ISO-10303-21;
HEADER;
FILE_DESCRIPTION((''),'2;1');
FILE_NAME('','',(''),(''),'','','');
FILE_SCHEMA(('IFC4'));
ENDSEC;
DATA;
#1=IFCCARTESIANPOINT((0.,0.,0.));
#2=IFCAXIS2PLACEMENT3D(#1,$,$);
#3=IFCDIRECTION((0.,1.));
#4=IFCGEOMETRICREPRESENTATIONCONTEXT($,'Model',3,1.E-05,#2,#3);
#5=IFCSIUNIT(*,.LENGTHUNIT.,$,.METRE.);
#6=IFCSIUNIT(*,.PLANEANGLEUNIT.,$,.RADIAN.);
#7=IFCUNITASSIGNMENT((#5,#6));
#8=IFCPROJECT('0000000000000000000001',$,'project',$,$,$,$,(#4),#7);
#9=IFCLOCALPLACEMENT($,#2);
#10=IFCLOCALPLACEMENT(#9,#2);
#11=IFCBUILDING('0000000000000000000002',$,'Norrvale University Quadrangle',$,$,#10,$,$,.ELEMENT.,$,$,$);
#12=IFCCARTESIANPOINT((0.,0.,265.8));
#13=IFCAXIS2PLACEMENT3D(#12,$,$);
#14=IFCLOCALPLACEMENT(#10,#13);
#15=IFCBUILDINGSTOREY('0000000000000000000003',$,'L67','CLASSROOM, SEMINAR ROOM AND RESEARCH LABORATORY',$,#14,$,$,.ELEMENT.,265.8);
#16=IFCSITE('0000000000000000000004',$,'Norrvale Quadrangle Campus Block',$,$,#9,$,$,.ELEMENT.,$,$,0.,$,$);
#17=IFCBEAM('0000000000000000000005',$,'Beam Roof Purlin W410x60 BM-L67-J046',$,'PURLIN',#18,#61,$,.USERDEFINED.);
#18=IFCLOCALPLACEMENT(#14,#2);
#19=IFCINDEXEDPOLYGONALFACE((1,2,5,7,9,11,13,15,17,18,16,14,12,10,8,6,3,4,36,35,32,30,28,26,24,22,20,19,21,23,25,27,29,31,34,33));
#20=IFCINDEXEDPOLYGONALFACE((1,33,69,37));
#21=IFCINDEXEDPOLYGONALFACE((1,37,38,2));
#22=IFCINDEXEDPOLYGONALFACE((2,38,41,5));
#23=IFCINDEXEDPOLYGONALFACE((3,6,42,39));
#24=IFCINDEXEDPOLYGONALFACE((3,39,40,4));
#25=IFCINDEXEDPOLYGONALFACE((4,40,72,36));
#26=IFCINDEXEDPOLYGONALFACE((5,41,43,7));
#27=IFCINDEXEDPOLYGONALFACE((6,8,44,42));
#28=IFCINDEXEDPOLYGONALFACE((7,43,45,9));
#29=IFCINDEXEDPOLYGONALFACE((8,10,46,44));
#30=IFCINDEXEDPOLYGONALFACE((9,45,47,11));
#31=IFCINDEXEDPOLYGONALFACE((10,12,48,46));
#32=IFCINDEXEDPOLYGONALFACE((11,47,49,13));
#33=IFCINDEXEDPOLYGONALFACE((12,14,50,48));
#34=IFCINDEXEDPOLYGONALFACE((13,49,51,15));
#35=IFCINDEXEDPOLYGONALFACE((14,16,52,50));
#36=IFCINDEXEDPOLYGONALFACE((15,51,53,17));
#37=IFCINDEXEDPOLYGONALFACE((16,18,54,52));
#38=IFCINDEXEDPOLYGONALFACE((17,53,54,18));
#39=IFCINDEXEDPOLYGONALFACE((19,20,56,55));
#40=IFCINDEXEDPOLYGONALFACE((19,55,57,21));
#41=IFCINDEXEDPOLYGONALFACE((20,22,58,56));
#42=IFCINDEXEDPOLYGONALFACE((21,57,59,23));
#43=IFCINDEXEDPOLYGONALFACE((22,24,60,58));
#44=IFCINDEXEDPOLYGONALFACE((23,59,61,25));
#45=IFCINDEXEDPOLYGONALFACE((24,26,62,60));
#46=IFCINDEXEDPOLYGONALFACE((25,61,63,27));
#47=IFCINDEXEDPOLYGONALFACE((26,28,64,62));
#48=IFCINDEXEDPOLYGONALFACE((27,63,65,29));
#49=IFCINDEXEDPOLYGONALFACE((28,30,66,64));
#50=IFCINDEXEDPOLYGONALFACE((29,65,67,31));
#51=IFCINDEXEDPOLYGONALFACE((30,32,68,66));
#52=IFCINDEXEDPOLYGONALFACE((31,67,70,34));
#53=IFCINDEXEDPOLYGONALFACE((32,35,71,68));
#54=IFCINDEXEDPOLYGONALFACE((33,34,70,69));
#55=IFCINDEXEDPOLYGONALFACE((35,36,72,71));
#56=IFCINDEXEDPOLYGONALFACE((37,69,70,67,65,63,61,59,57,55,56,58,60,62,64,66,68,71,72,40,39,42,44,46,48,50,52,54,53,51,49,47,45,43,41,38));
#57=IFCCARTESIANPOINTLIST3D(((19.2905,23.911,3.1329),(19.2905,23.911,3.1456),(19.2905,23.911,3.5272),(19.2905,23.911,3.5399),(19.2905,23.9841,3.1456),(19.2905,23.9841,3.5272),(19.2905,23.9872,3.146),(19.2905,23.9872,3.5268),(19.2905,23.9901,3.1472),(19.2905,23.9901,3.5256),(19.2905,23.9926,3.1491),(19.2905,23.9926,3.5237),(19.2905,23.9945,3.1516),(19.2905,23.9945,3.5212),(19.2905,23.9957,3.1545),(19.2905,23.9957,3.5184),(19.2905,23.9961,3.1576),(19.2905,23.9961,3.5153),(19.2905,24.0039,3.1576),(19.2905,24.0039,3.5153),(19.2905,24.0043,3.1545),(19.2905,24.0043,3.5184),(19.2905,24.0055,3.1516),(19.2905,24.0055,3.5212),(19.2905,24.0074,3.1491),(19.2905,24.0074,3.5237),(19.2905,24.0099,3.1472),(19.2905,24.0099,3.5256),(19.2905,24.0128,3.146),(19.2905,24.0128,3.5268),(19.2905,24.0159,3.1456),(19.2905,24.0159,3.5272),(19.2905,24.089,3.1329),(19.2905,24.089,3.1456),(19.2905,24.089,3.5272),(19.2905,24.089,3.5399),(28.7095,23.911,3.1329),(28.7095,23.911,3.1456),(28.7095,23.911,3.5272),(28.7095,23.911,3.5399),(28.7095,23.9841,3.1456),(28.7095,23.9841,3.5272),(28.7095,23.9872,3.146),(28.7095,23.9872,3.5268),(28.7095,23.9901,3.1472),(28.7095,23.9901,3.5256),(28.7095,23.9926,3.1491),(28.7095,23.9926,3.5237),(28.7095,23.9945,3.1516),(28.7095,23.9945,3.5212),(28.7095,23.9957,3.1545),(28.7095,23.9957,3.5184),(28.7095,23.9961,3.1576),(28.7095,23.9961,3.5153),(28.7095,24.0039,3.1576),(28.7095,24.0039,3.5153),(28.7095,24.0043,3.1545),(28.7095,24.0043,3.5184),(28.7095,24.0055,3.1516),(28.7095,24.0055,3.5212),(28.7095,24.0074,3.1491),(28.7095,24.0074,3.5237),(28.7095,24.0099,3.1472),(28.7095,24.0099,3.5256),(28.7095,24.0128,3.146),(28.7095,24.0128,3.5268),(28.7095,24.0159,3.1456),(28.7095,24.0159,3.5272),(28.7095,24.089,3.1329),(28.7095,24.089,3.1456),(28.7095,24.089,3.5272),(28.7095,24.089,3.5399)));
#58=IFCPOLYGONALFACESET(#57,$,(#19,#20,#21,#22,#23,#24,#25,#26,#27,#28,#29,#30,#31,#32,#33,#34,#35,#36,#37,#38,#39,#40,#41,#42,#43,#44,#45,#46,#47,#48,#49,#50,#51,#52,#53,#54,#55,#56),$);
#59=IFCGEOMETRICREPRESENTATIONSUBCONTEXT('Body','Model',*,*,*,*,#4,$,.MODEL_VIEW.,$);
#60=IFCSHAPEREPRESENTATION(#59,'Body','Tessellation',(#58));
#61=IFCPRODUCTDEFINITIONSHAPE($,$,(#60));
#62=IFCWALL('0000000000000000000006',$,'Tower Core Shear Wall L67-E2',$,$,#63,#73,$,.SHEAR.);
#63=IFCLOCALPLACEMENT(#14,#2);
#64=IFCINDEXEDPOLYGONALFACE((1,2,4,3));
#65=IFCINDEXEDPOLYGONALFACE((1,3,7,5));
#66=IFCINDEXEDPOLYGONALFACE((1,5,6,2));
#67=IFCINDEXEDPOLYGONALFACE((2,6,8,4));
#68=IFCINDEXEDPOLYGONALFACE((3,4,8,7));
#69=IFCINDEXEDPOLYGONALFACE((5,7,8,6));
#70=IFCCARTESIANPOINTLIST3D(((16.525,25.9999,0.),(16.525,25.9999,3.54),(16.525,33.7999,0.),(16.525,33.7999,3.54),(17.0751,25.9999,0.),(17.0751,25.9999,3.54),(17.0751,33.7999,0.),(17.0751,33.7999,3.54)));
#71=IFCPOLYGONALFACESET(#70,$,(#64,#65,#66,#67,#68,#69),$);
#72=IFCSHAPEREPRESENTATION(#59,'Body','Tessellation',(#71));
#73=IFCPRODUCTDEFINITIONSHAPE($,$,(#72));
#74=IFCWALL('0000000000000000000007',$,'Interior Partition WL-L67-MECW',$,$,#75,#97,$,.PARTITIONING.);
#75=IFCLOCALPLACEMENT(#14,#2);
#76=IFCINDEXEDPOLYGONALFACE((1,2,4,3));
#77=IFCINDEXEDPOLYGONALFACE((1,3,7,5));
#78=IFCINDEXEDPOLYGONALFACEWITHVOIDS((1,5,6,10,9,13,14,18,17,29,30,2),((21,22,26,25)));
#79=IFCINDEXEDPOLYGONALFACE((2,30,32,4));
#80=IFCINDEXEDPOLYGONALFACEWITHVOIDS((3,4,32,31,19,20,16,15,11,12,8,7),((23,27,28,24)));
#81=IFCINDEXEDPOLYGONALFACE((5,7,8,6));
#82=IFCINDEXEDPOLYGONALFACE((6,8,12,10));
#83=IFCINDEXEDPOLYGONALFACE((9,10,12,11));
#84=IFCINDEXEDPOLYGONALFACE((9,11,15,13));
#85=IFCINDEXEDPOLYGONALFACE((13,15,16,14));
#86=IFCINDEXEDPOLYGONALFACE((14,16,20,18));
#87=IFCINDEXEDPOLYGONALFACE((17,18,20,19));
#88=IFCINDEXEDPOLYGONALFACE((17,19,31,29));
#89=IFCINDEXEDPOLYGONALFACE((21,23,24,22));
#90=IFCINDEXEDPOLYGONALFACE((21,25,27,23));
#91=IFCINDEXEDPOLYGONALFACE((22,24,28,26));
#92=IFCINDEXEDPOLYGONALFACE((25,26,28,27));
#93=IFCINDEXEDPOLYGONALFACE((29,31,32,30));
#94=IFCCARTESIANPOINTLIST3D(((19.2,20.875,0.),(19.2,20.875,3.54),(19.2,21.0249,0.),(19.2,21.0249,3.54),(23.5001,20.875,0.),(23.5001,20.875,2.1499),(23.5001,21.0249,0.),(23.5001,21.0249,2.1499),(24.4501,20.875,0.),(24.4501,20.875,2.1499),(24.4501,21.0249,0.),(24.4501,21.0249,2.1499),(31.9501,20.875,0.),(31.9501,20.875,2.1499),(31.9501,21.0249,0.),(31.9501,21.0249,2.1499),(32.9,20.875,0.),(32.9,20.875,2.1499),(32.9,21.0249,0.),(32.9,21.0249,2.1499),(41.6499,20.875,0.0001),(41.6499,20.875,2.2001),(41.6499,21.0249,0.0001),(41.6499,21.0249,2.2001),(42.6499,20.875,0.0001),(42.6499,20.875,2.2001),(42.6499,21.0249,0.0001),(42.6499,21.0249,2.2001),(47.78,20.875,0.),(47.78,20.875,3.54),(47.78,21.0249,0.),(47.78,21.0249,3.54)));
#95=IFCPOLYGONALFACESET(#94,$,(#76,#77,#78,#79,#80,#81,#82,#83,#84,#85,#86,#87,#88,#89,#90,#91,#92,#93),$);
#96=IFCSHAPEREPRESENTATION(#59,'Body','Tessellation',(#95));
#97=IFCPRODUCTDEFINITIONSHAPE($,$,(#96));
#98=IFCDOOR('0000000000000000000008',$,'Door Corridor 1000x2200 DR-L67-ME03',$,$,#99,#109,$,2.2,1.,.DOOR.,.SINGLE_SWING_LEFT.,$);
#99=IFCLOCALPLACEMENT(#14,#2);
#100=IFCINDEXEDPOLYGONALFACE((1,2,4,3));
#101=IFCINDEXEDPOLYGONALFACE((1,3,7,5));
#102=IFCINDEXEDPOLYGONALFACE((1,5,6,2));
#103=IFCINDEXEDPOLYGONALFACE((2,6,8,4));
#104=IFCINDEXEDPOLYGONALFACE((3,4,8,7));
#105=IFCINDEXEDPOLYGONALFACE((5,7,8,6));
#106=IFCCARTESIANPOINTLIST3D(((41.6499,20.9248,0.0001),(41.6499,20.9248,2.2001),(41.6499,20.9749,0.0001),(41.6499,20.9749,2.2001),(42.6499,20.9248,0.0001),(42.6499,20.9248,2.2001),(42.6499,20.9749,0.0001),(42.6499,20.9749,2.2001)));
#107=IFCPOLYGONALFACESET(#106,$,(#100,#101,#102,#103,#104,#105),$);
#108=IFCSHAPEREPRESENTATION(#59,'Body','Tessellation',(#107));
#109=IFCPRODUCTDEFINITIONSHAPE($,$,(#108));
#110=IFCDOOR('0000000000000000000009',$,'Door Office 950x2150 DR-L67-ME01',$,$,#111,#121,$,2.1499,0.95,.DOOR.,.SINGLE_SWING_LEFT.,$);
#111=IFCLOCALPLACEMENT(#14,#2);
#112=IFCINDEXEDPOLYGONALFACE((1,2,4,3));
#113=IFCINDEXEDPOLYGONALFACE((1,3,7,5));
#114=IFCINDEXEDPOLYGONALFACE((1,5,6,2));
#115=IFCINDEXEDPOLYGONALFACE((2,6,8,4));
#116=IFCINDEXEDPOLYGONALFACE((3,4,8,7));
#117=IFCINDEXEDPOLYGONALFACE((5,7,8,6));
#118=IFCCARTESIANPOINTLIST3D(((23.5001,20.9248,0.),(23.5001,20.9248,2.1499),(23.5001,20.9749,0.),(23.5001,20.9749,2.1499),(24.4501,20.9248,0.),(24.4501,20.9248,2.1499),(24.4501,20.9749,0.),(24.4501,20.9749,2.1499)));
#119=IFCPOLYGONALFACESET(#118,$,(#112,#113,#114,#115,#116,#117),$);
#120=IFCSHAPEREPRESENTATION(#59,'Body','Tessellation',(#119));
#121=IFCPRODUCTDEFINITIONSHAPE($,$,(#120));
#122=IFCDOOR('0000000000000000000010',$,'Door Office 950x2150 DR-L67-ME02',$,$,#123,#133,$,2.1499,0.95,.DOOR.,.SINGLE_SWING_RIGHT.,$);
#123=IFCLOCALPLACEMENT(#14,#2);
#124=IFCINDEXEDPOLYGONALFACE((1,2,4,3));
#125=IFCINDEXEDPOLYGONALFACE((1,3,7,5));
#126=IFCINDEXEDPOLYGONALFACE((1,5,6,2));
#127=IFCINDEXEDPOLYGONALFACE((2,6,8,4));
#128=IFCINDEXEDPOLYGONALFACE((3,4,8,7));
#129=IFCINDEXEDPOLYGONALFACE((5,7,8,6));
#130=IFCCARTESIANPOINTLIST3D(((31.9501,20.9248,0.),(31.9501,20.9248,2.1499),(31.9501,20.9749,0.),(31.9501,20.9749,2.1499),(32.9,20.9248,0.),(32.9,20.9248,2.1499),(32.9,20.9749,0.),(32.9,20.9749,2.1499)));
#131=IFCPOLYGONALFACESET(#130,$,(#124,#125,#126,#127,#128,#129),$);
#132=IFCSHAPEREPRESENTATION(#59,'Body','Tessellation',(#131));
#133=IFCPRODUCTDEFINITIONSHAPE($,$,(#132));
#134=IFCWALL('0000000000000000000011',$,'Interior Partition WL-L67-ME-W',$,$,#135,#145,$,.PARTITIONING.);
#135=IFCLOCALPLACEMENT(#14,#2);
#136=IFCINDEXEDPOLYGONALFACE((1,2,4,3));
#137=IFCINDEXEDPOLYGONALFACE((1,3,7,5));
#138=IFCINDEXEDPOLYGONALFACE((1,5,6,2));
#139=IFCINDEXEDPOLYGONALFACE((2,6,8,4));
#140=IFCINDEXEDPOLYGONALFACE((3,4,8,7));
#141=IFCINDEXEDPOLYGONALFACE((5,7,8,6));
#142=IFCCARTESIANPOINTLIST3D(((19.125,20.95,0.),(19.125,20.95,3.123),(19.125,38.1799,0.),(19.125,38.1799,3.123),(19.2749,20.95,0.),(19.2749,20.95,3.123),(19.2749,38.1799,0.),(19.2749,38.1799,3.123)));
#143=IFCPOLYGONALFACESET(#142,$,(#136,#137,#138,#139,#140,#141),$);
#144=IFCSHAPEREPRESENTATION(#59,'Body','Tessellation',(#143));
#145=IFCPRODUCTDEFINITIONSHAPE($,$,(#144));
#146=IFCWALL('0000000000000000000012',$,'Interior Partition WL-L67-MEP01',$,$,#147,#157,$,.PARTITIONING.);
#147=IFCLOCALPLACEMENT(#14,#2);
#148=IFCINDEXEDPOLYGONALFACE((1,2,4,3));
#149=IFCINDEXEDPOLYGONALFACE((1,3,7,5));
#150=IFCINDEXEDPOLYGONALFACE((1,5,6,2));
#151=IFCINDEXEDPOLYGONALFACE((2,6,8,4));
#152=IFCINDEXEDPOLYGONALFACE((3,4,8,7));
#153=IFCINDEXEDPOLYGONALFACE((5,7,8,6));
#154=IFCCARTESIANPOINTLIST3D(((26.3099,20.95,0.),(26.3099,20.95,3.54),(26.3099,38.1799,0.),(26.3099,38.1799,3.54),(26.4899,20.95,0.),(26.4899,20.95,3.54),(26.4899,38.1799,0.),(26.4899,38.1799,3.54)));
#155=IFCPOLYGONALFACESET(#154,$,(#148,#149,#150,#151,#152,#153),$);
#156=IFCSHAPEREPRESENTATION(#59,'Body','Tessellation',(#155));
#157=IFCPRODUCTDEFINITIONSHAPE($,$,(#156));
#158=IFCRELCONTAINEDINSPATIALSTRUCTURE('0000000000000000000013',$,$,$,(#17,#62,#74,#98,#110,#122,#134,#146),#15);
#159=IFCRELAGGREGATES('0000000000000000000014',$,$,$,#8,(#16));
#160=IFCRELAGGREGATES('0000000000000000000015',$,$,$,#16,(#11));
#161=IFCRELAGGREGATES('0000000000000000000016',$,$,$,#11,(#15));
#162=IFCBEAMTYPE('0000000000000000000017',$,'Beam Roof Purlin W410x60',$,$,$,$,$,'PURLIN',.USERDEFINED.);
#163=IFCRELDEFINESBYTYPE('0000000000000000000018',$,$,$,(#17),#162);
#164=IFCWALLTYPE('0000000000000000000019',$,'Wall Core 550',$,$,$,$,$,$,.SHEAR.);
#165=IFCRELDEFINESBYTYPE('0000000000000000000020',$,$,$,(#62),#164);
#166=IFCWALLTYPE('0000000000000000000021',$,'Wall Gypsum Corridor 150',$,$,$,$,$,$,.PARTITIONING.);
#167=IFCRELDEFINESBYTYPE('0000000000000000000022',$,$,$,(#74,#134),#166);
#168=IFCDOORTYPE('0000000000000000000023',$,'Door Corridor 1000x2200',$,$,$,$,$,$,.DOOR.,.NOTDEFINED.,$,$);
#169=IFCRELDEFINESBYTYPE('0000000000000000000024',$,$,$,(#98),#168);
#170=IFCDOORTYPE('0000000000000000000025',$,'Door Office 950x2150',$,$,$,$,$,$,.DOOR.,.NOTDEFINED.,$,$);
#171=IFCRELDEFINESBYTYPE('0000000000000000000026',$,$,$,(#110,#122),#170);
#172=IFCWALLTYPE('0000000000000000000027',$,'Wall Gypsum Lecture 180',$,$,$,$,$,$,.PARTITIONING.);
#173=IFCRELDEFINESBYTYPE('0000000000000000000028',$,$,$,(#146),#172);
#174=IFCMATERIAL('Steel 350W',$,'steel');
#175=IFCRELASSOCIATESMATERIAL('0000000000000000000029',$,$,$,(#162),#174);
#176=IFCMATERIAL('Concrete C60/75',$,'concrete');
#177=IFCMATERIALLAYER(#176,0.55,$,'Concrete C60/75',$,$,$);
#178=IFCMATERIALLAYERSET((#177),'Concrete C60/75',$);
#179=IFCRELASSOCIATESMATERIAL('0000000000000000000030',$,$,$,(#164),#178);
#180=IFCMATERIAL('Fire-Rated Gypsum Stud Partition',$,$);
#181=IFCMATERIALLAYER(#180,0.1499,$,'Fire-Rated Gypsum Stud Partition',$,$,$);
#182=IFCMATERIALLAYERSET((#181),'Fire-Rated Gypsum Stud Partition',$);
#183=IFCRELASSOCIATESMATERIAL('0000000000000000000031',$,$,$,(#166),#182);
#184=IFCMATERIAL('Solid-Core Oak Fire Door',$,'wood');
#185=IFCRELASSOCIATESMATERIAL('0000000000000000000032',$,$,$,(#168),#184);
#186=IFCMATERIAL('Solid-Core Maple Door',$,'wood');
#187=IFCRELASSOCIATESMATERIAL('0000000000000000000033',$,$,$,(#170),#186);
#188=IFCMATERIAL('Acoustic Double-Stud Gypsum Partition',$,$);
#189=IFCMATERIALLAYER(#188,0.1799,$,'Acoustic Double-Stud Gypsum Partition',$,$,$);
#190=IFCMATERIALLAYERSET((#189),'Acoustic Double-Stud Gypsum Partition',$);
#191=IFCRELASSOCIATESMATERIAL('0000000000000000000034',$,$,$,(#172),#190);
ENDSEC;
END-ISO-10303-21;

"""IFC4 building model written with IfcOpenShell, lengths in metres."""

from ifc_helpers import new_model, si_unit, direction, frame, frame_2d, origin, origin_2d, place, context, subcontext, project, spatial, rectangle, i_section, extrude, material, layer, layer_set, material_profile, profile_set, type_object, element, fill, save


model = new_model("IFC4")

# Units and contexts
model_context = context("Model", 3, precision=1e-05, world=origin(), true_north=direction((0.0, 1.0)))
body_context = subcontext(model_context, "Body", "Model", "MODEL_VIEW")
ifc_project = project(units=[si_unit("LENGTHUNIT", "METRE"), si_unit("PLANEANGLEUNIT", "RADIAN")], contexts=[model_context])

# Site, building, storey
site_placement = place(None, origin())
site = spatial("IfcSite", under=ifc_project, at=site_placement, Name="Norrvale Quadrangle Campus Block", CompositionType="ELEMENT", RefElevation=0.0)
building_placement = place(site_placement, origin())
building = spatial("IfcBuilding", under=site, at=building_placement, Name="Norrvale University Quadrangle", CompositionType="ELEMENT")
storey_placement = place(building_placement, frame((0.0, 0.0, 265.8)))
storey = spatial("IfcBuildingStorey", under=building, at=storey_placement, Name="L67", Description="CLASSROOM, SEMINAR ROOM AND RESEARCH LABORATORY", CompositionType="ELEMENT", Elevation=265.8)

# Shared definitions
ifc_material_1 = material(Name="Concrete C60/75", Category="concrete")

# Beam
ifc_material_2 = material(Name="Steel 350W", Category="steel")
ifc_material_profile_1 = material_profile(ifc_material_2, i_section(OverallWidth=0.178, OverallDepth=0.407, WebThickness=0.0078, FlangeThickness=0.0127, FilletRadius=0.012, at=origin_2d()), Name="Steel 350W")
ifc_profile_set_1 = profile_set([ifc_material_profile_1], Name="Steel 350W")
beam_type_1 = type_object("IfcBeamType", Name="Beam Roof Purlin W410x60", ElementType="PURLIN", PredefinedType="USERDEFINED", material=ifc_profile_set_1)
beam_1_placement = place(storey_placement, frame((19.2905, 24.0, 3.3364), z_axis=(1.0, 0.0, 0.0), x_axis=(0.0, 1.0, 0.0)))
element("IfcBeam", 1, at=beam_1_placement, inside=storey, type_object=beam_type_1, Name="Beam Roof Purlin W410x60 BM-L67-J046", ObjectType="PURLIN", PredefinedType="USERDEFINED", context=body_context, shape_type="SweptSolid", body=[
    extrude(i_section(OverallWidth=0.178, OverallDepth=0.407, WebThickness=0.0078, FlangeThickness=0.0127, FilletRadius=0.012, at=origin_2d()), origin(), (0.0, 0.0, 1.0), 9.4189),
])

# Wall
ifc_layer_1 = layer(ifc_material_1, 0.55, Name="Concrete C60/75")
ifc_layer_set_1 = layer_set([ifc_layer_1], Name="Concrete C60/75")
wall_type_1 = type_object("IfcWallType", Name="Wall Core 550", PredefinedType="SHEAR", material=ifc_layer_set_1)
wall_1_placement = place(storey_placement, frame((16.8, 26.0, 0.0), z_axis=(0.0, 0.0, 1.0), x_axis=(0.0, 1.0, 0.0)))
element("IfcWall", 2, at=wall_1_placement, inside=storey, type_object=wall_type_1, Name="Tower Core Shear Wall L67-E2", PredefinedType="SHEAR", context=body_context, shape_type="SweptSolid", body=[
    extrude(rectangle(XDim=7.8, YDim=0.55, at=frame_2d((3.8999, 0.0))), origin(), (0.0, 0.0, 1.0), 3.54),
])

# Wall, openings, doors
ifc_material_3 = material(Name="Fire-Rated Gypsum Stud Partition")
ifc_layer_2 = layer(ifc_material_3, 0.1499, Name="Fire-Rated Gypsum Stud Partition")
ifc_layer_set_2 = layer_set([ifc_layer_2], Name="Fire-Rated Gypsum Stud Partition")
wall_type_2 = type_object("IfcWallType", Name="Wall Gypsum Corridor 150", PredefinedType="PARTITIONING", material=ifc_layer_set_2)
wall_2_placement = place(storey_placement, frame((19.2, 20.95, 0.0), z_axis=(0.0, 0.0, 1.0), x_axis=(1.0, 0.0, 0.0)))
wall_2 = element("IfcWall", 3, at=wall_2_placement, inside=storey, type_object=wall_type_2, Name="Interior Partition WL-L67-MECW", PredefinedType="PARTITIONING", context=body_context, shape_type="SweptSolid", body=[
    extrude(rectangle(XDim=28.5801, YDim=0.1499, at=frame_2d((14.29, 0.0))), origin(), (0.0, 0.0, 1.0), 3.54),
])
opening_1_placement = place(wall_2_placement, frame((4.3, 0.0, 0.0)))
opening_1 = element("IfcOpeningElement", 4, at=opening_1_placement, cuts=wall_2, PredefinedType="OPENING", context=body_context, shape_type="SweptSolid", body=[
    extrude(rectangle(XDim=0.95, YDim=2.1499, at=frame_2d((0.4751, 1.075))), frame((0.0, 0.0869, 0.0), z_axis=(0.0, -1.0, 0.0), x_axis=(1.0, 0.0, 0.0)), (0.0, 0.0, 1.0), 0.1738),
])
opening_2_placement = place(wall_2_placement, frame((12.75, 0.0, 0.0)))
opening_2 = element("IfcOpeningElement", 5, at=opening_2_placement, cuts=wall_2, PredefinedType="OPENING", context=body_context, shape_type="SweptSolid", body=[
    extrude(rectangle(XDim=0.95, YDim=2.1499, at=frame_2d((0.4751, 1.075))), frame((0.0, 0.0869, 0.0), z_axis=(0.0, -1.0, 0.0), x_axis=(1.0, 0.0, 0.0)), (0.0, 0.0, 1.0), 0.1738),
])
opening_3_placement = place(wall_2_placement, frame((22.45, 0.0, 0.0)))
opening_3 = element("IfcOpeningElement", 6, at=opening_3_placement, cuts=wall_2, PredefinedType="OPENING", context=body_context, shape_type="SweptSolid", body=[
    extrude(rectangle(XDim=1.0, YDim=2.2, at=frame_2d((0.5, 1.1001))), frame((0.0, 0.0869, 0.0), z_axis=(0.0, -1.0, 0.0), x_axis=(1.0, 0.0, 0.0)), (0.0, 0.0, 1.0), 0.1738),
])
ifc_material_4 = material(Name="Solid-Core Oak Fire Door", Category="wood")
door_type_1 = type_object("IfcDoorType", Name="Door Corridor 1000x2200", OperationType="NOTDEFINED", PredefinedType="DOOR", material=ifc_material_4)
door_1_placement = place(opening_3_placement, origin())
door_1 = element("IfcDoor", 7, at=door_1_placement, inside=storey, type_object=door_type_1, Name="Door Corridor 1000x2200 DR-L67-ME03", OperationType="SINGLE_SWING_LEFT", OverallHeight=2.2, OverallWidth=1.0, PredefinedType="DOOR", context=body_context, shape_type="SweptSolid", body=[
    extrude(rectangle(XDim=1.0, YDim=2.2, at=frame_2d((0.5, 1.1001))), frame((0.0, 0.0249, 0.0), z_axis=(0.0, -1.0, 0.0), x_axis=(1.0, 0.0, 0.0)), (0.0, 0.0, 1.0), 0.05),
])
fill(opening_3, door_1)
ifc_material_5 = material(Name="Solid-Core Maple Door", Category="wood")
door_type_2 = type_object("IfcDoorType", Name="Door Office 950x2150", OperationType="NOTDEFINED", PredefinedType="DOOR", material=ifc_material_5)
door_2_placement = place(opening_1_placement, origin())
door_2 = element("IfcDoor", 8, at=door_2_placement, inside=storey, type_object=door_type_2, Name="Door Office 950x2150 DR-L67-ME01", OperationType="SINGLE_SWING_LEFT", OverallHeight=2.1499, OverallWidth=0.95, PredefinedType="DOOR", context=body_context, shape_type="SweptSolid", body=[
    extrude(rectangle(XDim=0.95, YDim=2.1499, at=frame_2d((0.4751, 1.075))), frame((0.0, 0.0249, 0.0), z_axis=(0.0, -1.0, 0.0), x_axis=(1.0, 0.0, 0.0)), (0.0, 0.0, 1.0), 0.05),
])
fill(opening_1, door_2)
door_3_placement = place(opening_2_placement, origin())
door_3 = element("IfcDoor", 9, at=door_3_placement, inside=storey, type_object=door_type_2, Name="Door Office 950x2150 DR-L67-ME02", OperationType="SINGLE_SWING_RIGHT", OverallHeight=2.1499, OverallWidth=0.95, PredefinedType="DOOR", context=body_context, shape_type="SweptSolid", body=[
    extrude(rectangle(XDim=0.95, YDim=2.1499, at=frame_2d((0.4751, 1.075))), frame((0.0, 0.0249, 0.0), z_axis=(0.0, -1.0, 0.0), x_axis=(1.0, 0.0, 0.0)), (0.0, 0.0, 1.0), 0.05),
])
fill(opening_2, door_3)

# Walls
wall_3_placement = place(storey_placement, frame((19.2, 20.95, 0.0), z_axis=(0.0, 0.0, 1.0), x_axis=(0.0, 1.0, 0.0)))
element("IfcWall", 10, at=wall_3_placement, inside=storey, type_object=wall_type_2, Name="Interior Partition WL-L67-ME-W", PredefinedType="PARTITIONING", context=body_context, shape_type="SweptSolid", body=[
    extrude(rectangle(XDim=17.23, YDim=0.1499, at=frame_2d((8.615, 0.0))), origin(), (0.0, 0.0, 1.0), 3.123),
])
ifc_material_6 = material(Name="Acoustic Double-Stud Gypsum Partition")
ifc_layer_3 = layer(ifc_material_6, 0.1799, Name="Acoustic Double-Stud Gypsum Partition")
ifc_layer_set_3 = layer_set([ifc_layer_3], Name="Acoustic Double-Stud Gypsum Partition")
wall_type_3 = type_object("IfcWallType", Name="Wall Gypsum Lecture 180", PredefinedType="PARTITIONING", material=ifc_layer_set_3)
wall_4_placement = place(storey_placement, frame((26.3999, 20.95, 0.0), z_axis=(0.0, 0.0, 1.0), x_axis=(0.0, 1.0, 0.0)))
element("IfcWall", 11, at=wall_4_placement, inside=storey, type_object=wall_type_3, Name="Interior Partition WL-L67-MEP01", PredefinedType="PARTITIONING", context=body_context, shape_type="SweptSolid", body=[
    extrude(rectangle(XDim=17.23, YDim=0.1799, at=frame_2d((8.615, 0.0))), origin(), (0.0, 0.0, 1.0), 3.54),
])

save(model, "model.ifc")
